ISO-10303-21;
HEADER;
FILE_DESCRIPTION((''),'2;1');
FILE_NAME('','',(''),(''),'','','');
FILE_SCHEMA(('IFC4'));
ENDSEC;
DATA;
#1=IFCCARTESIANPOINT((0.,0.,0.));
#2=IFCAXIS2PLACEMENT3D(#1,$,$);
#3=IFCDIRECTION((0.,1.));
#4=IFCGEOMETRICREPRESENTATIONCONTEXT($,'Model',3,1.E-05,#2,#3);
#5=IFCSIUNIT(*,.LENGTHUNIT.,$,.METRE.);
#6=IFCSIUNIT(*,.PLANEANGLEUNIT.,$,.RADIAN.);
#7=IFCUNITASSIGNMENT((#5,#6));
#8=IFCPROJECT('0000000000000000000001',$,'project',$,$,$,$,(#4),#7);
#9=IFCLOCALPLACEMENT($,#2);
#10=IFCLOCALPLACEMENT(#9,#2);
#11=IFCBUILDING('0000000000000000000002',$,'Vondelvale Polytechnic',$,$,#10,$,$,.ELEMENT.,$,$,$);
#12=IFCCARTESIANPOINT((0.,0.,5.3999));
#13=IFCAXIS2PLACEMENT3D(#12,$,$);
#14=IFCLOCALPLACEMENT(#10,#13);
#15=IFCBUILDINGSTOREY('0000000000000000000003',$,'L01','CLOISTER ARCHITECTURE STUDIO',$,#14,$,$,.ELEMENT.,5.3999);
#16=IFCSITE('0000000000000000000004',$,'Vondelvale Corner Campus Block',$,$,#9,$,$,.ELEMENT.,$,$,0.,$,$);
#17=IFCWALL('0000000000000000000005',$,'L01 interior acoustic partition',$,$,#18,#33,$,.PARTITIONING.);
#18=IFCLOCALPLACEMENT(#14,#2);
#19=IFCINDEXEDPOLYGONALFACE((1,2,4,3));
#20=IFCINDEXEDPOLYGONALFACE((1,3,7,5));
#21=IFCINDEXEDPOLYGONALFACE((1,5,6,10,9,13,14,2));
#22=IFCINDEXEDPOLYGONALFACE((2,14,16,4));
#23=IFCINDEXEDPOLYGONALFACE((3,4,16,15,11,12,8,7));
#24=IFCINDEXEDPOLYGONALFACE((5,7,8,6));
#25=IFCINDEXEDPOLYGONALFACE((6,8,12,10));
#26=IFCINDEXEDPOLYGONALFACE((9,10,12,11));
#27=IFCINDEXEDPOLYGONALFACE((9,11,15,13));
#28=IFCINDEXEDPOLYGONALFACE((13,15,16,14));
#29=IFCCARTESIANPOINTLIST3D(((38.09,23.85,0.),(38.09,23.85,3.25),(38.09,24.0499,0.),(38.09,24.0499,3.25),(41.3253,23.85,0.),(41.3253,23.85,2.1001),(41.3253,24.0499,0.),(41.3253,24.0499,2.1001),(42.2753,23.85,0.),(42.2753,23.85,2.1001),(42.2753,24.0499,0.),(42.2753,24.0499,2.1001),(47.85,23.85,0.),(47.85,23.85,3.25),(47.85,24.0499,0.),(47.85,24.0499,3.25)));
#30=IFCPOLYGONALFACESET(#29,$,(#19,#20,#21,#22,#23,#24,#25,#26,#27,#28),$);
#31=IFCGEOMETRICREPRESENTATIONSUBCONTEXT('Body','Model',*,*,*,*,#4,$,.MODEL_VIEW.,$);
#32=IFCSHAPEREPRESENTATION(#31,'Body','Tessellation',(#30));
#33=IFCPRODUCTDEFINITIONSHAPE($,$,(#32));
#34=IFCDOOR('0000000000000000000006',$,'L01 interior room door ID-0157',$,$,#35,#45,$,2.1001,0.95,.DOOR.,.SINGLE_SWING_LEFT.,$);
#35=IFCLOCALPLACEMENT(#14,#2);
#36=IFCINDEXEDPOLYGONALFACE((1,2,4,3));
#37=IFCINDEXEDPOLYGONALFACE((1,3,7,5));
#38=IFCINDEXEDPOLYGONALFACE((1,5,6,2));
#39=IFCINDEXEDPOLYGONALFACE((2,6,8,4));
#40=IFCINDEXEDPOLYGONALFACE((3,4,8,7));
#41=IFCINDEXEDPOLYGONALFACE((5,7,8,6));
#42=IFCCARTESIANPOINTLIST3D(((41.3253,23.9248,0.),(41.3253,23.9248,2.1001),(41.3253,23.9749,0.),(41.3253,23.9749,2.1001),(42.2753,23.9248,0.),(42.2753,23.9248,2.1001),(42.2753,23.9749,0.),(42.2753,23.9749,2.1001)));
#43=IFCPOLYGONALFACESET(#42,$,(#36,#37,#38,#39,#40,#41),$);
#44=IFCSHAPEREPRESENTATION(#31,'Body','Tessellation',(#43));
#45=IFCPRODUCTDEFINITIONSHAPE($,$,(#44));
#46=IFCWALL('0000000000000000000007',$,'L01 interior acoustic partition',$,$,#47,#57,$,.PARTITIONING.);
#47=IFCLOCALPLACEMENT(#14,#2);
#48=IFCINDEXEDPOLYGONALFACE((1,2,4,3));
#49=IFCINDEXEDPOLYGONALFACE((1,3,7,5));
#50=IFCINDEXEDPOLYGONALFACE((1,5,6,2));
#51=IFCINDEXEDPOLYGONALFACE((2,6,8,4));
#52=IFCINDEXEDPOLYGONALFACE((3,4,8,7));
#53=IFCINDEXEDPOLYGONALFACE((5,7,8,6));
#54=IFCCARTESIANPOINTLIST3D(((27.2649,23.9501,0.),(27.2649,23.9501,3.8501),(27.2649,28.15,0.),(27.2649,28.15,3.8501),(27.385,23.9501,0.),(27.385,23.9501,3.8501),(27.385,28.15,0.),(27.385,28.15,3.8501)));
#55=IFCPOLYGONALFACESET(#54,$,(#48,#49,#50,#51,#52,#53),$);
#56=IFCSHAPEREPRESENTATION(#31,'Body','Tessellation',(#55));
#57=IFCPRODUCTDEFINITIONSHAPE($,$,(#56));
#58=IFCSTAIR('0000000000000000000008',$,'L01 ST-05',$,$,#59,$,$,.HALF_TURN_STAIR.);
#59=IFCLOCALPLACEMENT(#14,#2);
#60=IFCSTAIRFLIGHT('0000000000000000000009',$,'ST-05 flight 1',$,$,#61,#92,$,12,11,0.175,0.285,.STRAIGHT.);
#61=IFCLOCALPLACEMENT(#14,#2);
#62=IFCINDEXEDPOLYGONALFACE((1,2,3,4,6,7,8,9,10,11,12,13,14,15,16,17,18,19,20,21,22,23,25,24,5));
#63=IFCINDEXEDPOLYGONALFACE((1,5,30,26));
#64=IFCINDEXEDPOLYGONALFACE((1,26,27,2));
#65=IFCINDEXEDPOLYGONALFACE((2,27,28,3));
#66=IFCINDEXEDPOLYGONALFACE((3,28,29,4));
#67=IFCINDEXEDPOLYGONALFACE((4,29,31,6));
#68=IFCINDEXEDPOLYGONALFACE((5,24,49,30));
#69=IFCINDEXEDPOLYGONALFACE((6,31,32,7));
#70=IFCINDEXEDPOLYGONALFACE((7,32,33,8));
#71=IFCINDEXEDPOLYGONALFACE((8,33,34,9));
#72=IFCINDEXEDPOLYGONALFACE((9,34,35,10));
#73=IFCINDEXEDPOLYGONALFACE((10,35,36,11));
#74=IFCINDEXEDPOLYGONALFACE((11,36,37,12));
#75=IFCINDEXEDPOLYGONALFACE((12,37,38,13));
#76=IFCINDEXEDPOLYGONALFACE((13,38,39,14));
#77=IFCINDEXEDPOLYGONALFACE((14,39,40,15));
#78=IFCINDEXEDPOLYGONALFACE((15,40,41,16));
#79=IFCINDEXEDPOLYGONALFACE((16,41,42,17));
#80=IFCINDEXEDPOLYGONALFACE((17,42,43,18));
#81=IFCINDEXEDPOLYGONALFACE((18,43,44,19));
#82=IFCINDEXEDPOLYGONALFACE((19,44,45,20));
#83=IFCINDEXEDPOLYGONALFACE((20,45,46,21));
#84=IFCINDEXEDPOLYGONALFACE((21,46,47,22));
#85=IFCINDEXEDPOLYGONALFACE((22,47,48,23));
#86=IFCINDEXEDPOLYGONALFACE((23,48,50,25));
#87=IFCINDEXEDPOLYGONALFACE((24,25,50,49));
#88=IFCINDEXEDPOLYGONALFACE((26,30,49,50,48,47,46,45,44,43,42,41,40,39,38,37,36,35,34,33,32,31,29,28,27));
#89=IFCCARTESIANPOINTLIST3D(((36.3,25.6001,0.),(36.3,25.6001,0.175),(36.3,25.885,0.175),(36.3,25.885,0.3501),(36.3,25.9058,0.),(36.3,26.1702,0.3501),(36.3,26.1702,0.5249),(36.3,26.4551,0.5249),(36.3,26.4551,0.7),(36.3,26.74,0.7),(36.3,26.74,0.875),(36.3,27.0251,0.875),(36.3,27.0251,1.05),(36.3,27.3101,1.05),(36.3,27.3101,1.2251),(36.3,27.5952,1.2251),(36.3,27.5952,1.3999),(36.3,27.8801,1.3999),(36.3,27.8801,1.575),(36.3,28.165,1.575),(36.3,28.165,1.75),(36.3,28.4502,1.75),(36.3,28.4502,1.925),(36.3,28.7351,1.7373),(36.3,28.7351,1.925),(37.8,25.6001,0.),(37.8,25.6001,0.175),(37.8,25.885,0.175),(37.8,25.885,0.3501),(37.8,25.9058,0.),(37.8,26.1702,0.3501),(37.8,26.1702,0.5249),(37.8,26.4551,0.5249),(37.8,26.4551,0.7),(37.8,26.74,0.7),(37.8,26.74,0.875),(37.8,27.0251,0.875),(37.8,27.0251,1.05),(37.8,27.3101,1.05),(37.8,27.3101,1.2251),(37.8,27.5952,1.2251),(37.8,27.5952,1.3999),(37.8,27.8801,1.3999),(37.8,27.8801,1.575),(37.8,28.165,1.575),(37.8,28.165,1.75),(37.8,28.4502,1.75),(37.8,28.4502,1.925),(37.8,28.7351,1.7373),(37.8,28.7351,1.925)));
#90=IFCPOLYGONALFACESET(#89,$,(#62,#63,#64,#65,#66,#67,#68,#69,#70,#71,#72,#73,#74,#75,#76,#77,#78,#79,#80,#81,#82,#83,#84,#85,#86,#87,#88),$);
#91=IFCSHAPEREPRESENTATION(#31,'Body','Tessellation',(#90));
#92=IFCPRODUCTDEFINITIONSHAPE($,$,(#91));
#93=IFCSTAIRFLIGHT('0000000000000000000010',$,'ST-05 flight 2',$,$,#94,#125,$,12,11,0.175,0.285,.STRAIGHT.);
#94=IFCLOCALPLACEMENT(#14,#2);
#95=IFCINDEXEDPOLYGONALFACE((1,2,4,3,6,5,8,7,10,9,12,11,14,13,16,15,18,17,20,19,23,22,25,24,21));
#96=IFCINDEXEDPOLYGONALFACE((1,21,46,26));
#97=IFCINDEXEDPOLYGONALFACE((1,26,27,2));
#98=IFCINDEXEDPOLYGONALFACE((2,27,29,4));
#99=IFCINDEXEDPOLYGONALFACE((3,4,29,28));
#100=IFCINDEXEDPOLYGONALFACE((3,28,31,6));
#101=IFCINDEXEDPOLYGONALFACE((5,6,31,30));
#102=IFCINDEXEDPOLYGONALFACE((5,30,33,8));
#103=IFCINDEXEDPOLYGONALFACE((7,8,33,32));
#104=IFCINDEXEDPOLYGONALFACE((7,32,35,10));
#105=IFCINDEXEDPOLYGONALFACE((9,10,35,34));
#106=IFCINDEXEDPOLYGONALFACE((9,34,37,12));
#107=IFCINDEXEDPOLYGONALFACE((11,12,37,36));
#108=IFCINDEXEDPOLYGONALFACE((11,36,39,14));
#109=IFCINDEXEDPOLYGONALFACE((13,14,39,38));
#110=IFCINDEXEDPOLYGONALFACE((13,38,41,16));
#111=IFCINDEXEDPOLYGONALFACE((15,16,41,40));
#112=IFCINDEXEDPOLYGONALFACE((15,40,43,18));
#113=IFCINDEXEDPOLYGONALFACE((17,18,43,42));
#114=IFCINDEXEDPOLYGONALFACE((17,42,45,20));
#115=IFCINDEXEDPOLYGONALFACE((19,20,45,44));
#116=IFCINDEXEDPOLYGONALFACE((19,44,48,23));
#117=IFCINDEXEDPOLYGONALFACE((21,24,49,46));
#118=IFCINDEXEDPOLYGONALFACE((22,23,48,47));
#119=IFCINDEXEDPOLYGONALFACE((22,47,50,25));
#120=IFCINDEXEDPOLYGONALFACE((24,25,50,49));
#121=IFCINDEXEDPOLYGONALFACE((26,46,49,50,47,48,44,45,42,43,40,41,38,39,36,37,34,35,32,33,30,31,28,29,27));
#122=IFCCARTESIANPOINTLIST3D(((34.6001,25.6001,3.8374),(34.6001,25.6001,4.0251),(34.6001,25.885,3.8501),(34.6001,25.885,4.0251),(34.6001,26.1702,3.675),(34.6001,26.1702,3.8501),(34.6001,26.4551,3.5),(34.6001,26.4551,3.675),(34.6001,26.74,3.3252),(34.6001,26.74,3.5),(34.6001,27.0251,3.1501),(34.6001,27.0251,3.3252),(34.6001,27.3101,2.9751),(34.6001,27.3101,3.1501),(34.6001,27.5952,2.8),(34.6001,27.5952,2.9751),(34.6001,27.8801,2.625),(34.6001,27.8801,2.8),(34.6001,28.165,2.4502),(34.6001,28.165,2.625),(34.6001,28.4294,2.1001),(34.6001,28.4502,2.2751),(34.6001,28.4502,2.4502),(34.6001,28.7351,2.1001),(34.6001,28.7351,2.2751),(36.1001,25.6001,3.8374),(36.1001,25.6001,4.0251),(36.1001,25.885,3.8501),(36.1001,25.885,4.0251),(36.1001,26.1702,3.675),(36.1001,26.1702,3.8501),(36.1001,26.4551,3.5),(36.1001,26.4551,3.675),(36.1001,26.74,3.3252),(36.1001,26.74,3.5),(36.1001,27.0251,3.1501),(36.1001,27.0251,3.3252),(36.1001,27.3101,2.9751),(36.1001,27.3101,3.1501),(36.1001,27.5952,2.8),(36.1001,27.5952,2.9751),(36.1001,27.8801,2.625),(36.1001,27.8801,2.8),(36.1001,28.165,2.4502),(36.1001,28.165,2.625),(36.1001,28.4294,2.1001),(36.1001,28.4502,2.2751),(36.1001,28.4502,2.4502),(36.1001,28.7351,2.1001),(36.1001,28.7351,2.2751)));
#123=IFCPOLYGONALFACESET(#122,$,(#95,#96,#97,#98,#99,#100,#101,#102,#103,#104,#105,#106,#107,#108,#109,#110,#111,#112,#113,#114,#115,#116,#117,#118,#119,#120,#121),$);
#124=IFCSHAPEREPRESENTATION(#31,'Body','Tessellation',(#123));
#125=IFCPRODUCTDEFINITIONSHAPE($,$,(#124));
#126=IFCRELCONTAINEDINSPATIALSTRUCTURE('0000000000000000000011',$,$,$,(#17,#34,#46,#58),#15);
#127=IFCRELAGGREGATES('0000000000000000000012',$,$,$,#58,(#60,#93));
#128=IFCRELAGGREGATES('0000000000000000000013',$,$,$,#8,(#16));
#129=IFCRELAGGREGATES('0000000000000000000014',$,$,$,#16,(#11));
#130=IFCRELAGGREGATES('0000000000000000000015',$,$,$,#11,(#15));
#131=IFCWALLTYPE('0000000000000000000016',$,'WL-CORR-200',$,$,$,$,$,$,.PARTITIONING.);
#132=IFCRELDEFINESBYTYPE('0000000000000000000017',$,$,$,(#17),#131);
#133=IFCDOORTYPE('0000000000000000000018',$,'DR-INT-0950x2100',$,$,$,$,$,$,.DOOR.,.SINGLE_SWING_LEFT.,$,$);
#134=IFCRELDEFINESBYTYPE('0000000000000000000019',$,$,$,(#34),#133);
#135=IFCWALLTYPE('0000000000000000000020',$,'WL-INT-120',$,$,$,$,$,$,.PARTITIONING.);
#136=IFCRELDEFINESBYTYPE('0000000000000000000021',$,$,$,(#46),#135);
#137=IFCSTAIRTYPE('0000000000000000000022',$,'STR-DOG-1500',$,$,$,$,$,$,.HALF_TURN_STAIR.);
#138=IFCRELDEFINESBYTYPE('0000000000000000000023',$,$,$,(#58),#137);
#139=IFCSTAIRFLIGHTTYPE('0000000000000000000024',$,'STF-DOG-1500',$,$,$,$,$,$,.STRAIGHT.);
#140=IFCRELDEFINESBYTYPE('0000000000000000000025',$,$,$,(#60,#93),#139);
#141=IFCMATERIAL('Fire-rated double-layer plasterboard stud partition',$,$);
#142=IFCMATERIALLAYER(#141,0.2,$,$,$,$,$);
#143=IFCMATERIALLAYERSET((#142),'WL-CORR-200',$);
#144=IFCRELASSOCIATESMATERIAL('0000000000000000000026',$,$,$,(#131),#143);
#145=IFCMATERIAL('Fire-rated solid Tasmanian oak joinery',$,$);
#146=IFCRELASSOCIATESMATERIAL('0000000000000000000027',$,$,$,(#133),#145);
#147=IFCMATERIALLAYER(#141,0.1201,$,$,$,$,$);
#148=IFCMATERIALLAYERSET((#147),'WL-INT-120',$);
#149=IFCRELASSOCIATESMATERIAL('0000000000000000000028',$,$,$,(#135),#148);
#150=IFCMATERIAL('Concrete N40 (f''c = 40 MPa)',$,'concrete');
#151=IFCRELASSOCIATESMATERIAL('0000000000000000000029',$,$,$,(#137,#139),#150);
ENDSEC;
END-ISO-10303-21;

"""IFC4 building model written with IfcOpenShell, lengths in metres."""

from ifc_helpers import new_model, si_unit, direction, frame, frame_2d, origin, place, context, subcontext, project, spatial, polyline, rectangle, outline, extrude, material, layer, layer_set, type_object, element, fill, aggregate, save


model = new_model("IFC4")

# Units and contexts
model_context = context("Model", 3, precision=1e-05, world=origin(), true_north=direction((0.0, 1.0)))
body_context = subcontext(model_context, "Body", "Model", "MODEL_VIEW")
ifc_project = project(units=[si_unit("LENGTHUNIT", "METRE"), si_unit("PLANEANGLEUNIT", "RADIAN")], contexts=[model_context])

# Site, building, storey
site_placement = place(None, origin())
site = spatial("IfcSite", under=ifc_project, at=site_placement, Name="Vondelvale Corner Campus Block", CompositionType="ELEMENT", RefElevation=0.0)
building_placement = place(site_placement, origin())
building = spatial("IfcBuilding", under=site, at=building_placement, Name="Vondelvale Polytechnic", CompositionType="ELEMENT")
storey_placement = place(building_placement, frame((0.0, 0.0, 5.3999)))
storey = spatial("IfcBuildingStorey", under=building, at=storey_placement, Name="L01", Description="CLOISTER ARCHITECTURE STUDIO", CompositionType="ELEMENT", Elevation=5.3999)

# Shared definitions
ifc_material_1 = material(Name="Concrete N40 (f'c = 40 MPa)", Category="concrete")

# Shared definitions
ifc_material_2 = material(Name="Fire-rated double-layer plasterboard stud partition")
ifc_layer_1 = layer(ifc_material_2, 0.2)
ifc_layer_set_1 = layer_set([ifc_layer_1], Name="WL-CORR-200")
wall_type_1 = type_object("IfcWallType", Name="WL-CORR-200", PredefinedType="PARTITIONING", material=ifc_layer_set_1)
ifc_material_3 = material(Name="Fire-rated solid Tasmanian oak joinery")
door_type_1 = type_object("IfcDoorType", Name="DR-INT-0950x2100", OperationType="SINGLE_SWING_LEFT", PredefinedType="DOOR", material=ifc_material_3)

# Wall, opening, door
wall_1_placement = place(storey_placement, frame((38.0901, 23.95, 0.0), z_axis=(0.0, 0.0, 1.0), x_axis=(1.0, 0.0, 0.0)))
wall_1 = element("IfcWall", 1, at=wall_1_placement, inside=storey, type_object=wall_type_1, Name="L01 interior acoustic partition", PredefinedType="PARTITIONING", context=body_context, shape_type="SweptSolid", body=[
    extrude(rectangle(XDim=9.76, YDim=0.2, at=frame_2d((4.8799, 0.0))), origin(), (0.0, 0.0, 1.0), 3.25),
])
opening_1_placement = place(wall_1_placement, frame((3.2351, 0.0, 0.0)))
opening_1 = element("IfcOpeningElement", 2, at=opening_1_placement, cuts=wall_1, PredefinedType="OPENING", context=body_context, shape_type="SweptSolid", body=[
    extrude(rectangle(XDim=0.95, YDim=2.1001, at=frame_2d((0.4751, 1.05))), frame((0.0, 0.1099, 0.0), z_axis=(0.0, -1.0, 0.0), x_axis=(1.0, 0.0, 0.0)), (0.0, 0.0, 1.0), 0.22),
])
door_1_placement = place(opening_1_placement, origin())
door_1 = element("IfcDoor", 3, at=door_1_placement, inside=storey, type_object=door_type_1, Name="L01 interior room door ID-0157", OperationType="SINGLE_SWING_LEFT", OverallHeight=2.1001, OverallWidth=0.95, PredefinedType="DOOR", context=body_context, shape_type="SweptSolid", body=[
    extrude(rectangle(XDim=0.95, YDim=2.1001, at=frame_2d((0.4751, 1.05))), frame((0.0, 0.0249, 0.0), z_axis=(0.0, -1.0, 0.0), x_axis=(1.0, 0.0, 0.0)), (0.0, 0.0, 1.0), 0.05),
])
fill(opening_1, door_1)

# Wall
ifc_layer_2 = layer(ifc_material_2, 0.1201)
ifc_layer_set_2 = layer_set([ifc_layer_2], Name="WL-INT-120")
wall_type_2 = type_object("IfcWallType", Name="WL-INT-120", PredefinedType="PARTITIONING", material=ifc_layer_set_2)
wall_2_placement = place(storey_placement, frame((27.325, 23.95, 0.0), z_axis=(0.0, 0.0, 1.0), x_axis=(0.0, 1.0, 0.0)))
element("IfcWall", 4, at=wall_2_placement, inside=storey, type_object=wall_type_2, Name="L01 interior acoustic partition", PredefinedType="PARTITIONING", context=body_context, shape_type="SweptSolid", body=[
    extrude(rectangle(XDim=4.2, YDim=0.1201, at=frame_2d((2.1001, 0.0))), origin(), (0.0, 0.0, 1.0), 3.8501),
])

# Stair, stair flights
stair_type = type_object("IfcStairType", Name="STR-DOG-1500", PredefinedType="HALF_TURN_STAIR", material=ifc_material_1)
stair_placement = place(storey_placement, origin())
stair = element("IfcStair", 5, at=stair_placement, inside=storey, type_object=stair_type, Name="L01 ST-05", PredefinedType="HALF_TURN_STAIR")
stair_flight_type = type_object("IfcStairFlightType", Name="STF-DOG-1500", PredefinedType="STRAIGHT", material=ifc_material_1)
stair_flight_1_placement = place(storey_placement, frame((37.05, 25.6001, 0.0), z_axis=(0.0, 0.0, 1.0), x_axis=(0.0, 1.0, 0.0)))
stair_flight_1 = element("IfcStairFlight", 6, at=stair_flight_1_placement, type_object=stair_flight_type, Name="ST-05 flight 1", NumberOfRisers=12, NumberOfTreads=11, PredefinedType="STRAIGHT", RiserHeight=0.175, TreadLength=0.285, context=body_context, shape_type="SweptSolid", body=[
    extrude(outline(polyline([(0.0, 0.0), (0.0, 0.175), (0.2849, 0.175), (0.2849, 0.3501), (0.5701, 0.3501), (0.5701, 0.5249), (0.855, 0.5249), (0.855, 0.7), (1.1399, 0.7), (1.1399, 0.875), (1.425, 0.875), (1.425, 1.05), (1.71, 1.05), (1.71, 1.2251), (1.9951, 1.2251), (1.9951, 1.3999), (2.28, 1.3999), (2.28, 1.575), (2.5649, 1.575), (2.5649, 1.75), (2.8501, 1.75), (2.8501, 1.925), (3.135, 1.925), (3.135, 2.1001), (3.135, 1.7373), (0.3057, 0.0), (0.0, 0.0)])), frame((0.0, 0.75, 0.0), z_axis=(0.0, -1.0, 0.0), x_axis=(1.0, 0.0, 0.0)), (0.0, 0.0, 1.0), 1.5),
])
stair_flight_2_placement = place(storey_placement, frame((35.3501, 28.7351, 2.1001), z_axis=(0.0, 0.0, 1.0), x_axis=(0.0, -1.0, 0.0)))
stair_flight_2 = element("IfcStairFlight", 7, at=stair_flight_2_placement, type_object=stair_flight_type, Name="ST-05 flight 2", NumberOfRisers=12, NumberOfTreads=11, PredefinedType="STRAIGHT", RiserHeight=0.175, TreadLength=0.285, context=body_context, shape_type="SweptSolid", body=[
    extrude(outline(polyline([(0.0, 0.0), (0.0, 0.175), (0.2849, 0.175), (0.2849, 0.3501), (0.5701, 0.3501), (0.5701, 0.5249), (0.855, 0.5249), (0.855, 0.7), (1.1399, 0.7), (1.1399, 0.875), (1.425, 0.875), (1.425, 1.05), (1.71, 1.05), (1.71, 1.2251), (1.9951, 1.2251), (1.9951, 1.3999), (2.28, 1.3999), (2.28, 1.575), (2.5649, 1.575), (2.5649, 1.75), (2.8501, 1.75), (2.8501, 1.925), (3.135, 1.925), (3.135, 2.1001), (3.135, 1.7373), (0.3057, 0.0), (0.0, 0.0)])), frame((0.0, 0.75, 0.0), z_axis=(0.0, -1.0, 0.0), x_axis=(1.0, 0.0, 0.0)), (0.0, 0.0, 1.0), 1.5),
])
aggregate(stair, [stair_flight_1, stair_flight_2])

save(model, "model.ifc")
